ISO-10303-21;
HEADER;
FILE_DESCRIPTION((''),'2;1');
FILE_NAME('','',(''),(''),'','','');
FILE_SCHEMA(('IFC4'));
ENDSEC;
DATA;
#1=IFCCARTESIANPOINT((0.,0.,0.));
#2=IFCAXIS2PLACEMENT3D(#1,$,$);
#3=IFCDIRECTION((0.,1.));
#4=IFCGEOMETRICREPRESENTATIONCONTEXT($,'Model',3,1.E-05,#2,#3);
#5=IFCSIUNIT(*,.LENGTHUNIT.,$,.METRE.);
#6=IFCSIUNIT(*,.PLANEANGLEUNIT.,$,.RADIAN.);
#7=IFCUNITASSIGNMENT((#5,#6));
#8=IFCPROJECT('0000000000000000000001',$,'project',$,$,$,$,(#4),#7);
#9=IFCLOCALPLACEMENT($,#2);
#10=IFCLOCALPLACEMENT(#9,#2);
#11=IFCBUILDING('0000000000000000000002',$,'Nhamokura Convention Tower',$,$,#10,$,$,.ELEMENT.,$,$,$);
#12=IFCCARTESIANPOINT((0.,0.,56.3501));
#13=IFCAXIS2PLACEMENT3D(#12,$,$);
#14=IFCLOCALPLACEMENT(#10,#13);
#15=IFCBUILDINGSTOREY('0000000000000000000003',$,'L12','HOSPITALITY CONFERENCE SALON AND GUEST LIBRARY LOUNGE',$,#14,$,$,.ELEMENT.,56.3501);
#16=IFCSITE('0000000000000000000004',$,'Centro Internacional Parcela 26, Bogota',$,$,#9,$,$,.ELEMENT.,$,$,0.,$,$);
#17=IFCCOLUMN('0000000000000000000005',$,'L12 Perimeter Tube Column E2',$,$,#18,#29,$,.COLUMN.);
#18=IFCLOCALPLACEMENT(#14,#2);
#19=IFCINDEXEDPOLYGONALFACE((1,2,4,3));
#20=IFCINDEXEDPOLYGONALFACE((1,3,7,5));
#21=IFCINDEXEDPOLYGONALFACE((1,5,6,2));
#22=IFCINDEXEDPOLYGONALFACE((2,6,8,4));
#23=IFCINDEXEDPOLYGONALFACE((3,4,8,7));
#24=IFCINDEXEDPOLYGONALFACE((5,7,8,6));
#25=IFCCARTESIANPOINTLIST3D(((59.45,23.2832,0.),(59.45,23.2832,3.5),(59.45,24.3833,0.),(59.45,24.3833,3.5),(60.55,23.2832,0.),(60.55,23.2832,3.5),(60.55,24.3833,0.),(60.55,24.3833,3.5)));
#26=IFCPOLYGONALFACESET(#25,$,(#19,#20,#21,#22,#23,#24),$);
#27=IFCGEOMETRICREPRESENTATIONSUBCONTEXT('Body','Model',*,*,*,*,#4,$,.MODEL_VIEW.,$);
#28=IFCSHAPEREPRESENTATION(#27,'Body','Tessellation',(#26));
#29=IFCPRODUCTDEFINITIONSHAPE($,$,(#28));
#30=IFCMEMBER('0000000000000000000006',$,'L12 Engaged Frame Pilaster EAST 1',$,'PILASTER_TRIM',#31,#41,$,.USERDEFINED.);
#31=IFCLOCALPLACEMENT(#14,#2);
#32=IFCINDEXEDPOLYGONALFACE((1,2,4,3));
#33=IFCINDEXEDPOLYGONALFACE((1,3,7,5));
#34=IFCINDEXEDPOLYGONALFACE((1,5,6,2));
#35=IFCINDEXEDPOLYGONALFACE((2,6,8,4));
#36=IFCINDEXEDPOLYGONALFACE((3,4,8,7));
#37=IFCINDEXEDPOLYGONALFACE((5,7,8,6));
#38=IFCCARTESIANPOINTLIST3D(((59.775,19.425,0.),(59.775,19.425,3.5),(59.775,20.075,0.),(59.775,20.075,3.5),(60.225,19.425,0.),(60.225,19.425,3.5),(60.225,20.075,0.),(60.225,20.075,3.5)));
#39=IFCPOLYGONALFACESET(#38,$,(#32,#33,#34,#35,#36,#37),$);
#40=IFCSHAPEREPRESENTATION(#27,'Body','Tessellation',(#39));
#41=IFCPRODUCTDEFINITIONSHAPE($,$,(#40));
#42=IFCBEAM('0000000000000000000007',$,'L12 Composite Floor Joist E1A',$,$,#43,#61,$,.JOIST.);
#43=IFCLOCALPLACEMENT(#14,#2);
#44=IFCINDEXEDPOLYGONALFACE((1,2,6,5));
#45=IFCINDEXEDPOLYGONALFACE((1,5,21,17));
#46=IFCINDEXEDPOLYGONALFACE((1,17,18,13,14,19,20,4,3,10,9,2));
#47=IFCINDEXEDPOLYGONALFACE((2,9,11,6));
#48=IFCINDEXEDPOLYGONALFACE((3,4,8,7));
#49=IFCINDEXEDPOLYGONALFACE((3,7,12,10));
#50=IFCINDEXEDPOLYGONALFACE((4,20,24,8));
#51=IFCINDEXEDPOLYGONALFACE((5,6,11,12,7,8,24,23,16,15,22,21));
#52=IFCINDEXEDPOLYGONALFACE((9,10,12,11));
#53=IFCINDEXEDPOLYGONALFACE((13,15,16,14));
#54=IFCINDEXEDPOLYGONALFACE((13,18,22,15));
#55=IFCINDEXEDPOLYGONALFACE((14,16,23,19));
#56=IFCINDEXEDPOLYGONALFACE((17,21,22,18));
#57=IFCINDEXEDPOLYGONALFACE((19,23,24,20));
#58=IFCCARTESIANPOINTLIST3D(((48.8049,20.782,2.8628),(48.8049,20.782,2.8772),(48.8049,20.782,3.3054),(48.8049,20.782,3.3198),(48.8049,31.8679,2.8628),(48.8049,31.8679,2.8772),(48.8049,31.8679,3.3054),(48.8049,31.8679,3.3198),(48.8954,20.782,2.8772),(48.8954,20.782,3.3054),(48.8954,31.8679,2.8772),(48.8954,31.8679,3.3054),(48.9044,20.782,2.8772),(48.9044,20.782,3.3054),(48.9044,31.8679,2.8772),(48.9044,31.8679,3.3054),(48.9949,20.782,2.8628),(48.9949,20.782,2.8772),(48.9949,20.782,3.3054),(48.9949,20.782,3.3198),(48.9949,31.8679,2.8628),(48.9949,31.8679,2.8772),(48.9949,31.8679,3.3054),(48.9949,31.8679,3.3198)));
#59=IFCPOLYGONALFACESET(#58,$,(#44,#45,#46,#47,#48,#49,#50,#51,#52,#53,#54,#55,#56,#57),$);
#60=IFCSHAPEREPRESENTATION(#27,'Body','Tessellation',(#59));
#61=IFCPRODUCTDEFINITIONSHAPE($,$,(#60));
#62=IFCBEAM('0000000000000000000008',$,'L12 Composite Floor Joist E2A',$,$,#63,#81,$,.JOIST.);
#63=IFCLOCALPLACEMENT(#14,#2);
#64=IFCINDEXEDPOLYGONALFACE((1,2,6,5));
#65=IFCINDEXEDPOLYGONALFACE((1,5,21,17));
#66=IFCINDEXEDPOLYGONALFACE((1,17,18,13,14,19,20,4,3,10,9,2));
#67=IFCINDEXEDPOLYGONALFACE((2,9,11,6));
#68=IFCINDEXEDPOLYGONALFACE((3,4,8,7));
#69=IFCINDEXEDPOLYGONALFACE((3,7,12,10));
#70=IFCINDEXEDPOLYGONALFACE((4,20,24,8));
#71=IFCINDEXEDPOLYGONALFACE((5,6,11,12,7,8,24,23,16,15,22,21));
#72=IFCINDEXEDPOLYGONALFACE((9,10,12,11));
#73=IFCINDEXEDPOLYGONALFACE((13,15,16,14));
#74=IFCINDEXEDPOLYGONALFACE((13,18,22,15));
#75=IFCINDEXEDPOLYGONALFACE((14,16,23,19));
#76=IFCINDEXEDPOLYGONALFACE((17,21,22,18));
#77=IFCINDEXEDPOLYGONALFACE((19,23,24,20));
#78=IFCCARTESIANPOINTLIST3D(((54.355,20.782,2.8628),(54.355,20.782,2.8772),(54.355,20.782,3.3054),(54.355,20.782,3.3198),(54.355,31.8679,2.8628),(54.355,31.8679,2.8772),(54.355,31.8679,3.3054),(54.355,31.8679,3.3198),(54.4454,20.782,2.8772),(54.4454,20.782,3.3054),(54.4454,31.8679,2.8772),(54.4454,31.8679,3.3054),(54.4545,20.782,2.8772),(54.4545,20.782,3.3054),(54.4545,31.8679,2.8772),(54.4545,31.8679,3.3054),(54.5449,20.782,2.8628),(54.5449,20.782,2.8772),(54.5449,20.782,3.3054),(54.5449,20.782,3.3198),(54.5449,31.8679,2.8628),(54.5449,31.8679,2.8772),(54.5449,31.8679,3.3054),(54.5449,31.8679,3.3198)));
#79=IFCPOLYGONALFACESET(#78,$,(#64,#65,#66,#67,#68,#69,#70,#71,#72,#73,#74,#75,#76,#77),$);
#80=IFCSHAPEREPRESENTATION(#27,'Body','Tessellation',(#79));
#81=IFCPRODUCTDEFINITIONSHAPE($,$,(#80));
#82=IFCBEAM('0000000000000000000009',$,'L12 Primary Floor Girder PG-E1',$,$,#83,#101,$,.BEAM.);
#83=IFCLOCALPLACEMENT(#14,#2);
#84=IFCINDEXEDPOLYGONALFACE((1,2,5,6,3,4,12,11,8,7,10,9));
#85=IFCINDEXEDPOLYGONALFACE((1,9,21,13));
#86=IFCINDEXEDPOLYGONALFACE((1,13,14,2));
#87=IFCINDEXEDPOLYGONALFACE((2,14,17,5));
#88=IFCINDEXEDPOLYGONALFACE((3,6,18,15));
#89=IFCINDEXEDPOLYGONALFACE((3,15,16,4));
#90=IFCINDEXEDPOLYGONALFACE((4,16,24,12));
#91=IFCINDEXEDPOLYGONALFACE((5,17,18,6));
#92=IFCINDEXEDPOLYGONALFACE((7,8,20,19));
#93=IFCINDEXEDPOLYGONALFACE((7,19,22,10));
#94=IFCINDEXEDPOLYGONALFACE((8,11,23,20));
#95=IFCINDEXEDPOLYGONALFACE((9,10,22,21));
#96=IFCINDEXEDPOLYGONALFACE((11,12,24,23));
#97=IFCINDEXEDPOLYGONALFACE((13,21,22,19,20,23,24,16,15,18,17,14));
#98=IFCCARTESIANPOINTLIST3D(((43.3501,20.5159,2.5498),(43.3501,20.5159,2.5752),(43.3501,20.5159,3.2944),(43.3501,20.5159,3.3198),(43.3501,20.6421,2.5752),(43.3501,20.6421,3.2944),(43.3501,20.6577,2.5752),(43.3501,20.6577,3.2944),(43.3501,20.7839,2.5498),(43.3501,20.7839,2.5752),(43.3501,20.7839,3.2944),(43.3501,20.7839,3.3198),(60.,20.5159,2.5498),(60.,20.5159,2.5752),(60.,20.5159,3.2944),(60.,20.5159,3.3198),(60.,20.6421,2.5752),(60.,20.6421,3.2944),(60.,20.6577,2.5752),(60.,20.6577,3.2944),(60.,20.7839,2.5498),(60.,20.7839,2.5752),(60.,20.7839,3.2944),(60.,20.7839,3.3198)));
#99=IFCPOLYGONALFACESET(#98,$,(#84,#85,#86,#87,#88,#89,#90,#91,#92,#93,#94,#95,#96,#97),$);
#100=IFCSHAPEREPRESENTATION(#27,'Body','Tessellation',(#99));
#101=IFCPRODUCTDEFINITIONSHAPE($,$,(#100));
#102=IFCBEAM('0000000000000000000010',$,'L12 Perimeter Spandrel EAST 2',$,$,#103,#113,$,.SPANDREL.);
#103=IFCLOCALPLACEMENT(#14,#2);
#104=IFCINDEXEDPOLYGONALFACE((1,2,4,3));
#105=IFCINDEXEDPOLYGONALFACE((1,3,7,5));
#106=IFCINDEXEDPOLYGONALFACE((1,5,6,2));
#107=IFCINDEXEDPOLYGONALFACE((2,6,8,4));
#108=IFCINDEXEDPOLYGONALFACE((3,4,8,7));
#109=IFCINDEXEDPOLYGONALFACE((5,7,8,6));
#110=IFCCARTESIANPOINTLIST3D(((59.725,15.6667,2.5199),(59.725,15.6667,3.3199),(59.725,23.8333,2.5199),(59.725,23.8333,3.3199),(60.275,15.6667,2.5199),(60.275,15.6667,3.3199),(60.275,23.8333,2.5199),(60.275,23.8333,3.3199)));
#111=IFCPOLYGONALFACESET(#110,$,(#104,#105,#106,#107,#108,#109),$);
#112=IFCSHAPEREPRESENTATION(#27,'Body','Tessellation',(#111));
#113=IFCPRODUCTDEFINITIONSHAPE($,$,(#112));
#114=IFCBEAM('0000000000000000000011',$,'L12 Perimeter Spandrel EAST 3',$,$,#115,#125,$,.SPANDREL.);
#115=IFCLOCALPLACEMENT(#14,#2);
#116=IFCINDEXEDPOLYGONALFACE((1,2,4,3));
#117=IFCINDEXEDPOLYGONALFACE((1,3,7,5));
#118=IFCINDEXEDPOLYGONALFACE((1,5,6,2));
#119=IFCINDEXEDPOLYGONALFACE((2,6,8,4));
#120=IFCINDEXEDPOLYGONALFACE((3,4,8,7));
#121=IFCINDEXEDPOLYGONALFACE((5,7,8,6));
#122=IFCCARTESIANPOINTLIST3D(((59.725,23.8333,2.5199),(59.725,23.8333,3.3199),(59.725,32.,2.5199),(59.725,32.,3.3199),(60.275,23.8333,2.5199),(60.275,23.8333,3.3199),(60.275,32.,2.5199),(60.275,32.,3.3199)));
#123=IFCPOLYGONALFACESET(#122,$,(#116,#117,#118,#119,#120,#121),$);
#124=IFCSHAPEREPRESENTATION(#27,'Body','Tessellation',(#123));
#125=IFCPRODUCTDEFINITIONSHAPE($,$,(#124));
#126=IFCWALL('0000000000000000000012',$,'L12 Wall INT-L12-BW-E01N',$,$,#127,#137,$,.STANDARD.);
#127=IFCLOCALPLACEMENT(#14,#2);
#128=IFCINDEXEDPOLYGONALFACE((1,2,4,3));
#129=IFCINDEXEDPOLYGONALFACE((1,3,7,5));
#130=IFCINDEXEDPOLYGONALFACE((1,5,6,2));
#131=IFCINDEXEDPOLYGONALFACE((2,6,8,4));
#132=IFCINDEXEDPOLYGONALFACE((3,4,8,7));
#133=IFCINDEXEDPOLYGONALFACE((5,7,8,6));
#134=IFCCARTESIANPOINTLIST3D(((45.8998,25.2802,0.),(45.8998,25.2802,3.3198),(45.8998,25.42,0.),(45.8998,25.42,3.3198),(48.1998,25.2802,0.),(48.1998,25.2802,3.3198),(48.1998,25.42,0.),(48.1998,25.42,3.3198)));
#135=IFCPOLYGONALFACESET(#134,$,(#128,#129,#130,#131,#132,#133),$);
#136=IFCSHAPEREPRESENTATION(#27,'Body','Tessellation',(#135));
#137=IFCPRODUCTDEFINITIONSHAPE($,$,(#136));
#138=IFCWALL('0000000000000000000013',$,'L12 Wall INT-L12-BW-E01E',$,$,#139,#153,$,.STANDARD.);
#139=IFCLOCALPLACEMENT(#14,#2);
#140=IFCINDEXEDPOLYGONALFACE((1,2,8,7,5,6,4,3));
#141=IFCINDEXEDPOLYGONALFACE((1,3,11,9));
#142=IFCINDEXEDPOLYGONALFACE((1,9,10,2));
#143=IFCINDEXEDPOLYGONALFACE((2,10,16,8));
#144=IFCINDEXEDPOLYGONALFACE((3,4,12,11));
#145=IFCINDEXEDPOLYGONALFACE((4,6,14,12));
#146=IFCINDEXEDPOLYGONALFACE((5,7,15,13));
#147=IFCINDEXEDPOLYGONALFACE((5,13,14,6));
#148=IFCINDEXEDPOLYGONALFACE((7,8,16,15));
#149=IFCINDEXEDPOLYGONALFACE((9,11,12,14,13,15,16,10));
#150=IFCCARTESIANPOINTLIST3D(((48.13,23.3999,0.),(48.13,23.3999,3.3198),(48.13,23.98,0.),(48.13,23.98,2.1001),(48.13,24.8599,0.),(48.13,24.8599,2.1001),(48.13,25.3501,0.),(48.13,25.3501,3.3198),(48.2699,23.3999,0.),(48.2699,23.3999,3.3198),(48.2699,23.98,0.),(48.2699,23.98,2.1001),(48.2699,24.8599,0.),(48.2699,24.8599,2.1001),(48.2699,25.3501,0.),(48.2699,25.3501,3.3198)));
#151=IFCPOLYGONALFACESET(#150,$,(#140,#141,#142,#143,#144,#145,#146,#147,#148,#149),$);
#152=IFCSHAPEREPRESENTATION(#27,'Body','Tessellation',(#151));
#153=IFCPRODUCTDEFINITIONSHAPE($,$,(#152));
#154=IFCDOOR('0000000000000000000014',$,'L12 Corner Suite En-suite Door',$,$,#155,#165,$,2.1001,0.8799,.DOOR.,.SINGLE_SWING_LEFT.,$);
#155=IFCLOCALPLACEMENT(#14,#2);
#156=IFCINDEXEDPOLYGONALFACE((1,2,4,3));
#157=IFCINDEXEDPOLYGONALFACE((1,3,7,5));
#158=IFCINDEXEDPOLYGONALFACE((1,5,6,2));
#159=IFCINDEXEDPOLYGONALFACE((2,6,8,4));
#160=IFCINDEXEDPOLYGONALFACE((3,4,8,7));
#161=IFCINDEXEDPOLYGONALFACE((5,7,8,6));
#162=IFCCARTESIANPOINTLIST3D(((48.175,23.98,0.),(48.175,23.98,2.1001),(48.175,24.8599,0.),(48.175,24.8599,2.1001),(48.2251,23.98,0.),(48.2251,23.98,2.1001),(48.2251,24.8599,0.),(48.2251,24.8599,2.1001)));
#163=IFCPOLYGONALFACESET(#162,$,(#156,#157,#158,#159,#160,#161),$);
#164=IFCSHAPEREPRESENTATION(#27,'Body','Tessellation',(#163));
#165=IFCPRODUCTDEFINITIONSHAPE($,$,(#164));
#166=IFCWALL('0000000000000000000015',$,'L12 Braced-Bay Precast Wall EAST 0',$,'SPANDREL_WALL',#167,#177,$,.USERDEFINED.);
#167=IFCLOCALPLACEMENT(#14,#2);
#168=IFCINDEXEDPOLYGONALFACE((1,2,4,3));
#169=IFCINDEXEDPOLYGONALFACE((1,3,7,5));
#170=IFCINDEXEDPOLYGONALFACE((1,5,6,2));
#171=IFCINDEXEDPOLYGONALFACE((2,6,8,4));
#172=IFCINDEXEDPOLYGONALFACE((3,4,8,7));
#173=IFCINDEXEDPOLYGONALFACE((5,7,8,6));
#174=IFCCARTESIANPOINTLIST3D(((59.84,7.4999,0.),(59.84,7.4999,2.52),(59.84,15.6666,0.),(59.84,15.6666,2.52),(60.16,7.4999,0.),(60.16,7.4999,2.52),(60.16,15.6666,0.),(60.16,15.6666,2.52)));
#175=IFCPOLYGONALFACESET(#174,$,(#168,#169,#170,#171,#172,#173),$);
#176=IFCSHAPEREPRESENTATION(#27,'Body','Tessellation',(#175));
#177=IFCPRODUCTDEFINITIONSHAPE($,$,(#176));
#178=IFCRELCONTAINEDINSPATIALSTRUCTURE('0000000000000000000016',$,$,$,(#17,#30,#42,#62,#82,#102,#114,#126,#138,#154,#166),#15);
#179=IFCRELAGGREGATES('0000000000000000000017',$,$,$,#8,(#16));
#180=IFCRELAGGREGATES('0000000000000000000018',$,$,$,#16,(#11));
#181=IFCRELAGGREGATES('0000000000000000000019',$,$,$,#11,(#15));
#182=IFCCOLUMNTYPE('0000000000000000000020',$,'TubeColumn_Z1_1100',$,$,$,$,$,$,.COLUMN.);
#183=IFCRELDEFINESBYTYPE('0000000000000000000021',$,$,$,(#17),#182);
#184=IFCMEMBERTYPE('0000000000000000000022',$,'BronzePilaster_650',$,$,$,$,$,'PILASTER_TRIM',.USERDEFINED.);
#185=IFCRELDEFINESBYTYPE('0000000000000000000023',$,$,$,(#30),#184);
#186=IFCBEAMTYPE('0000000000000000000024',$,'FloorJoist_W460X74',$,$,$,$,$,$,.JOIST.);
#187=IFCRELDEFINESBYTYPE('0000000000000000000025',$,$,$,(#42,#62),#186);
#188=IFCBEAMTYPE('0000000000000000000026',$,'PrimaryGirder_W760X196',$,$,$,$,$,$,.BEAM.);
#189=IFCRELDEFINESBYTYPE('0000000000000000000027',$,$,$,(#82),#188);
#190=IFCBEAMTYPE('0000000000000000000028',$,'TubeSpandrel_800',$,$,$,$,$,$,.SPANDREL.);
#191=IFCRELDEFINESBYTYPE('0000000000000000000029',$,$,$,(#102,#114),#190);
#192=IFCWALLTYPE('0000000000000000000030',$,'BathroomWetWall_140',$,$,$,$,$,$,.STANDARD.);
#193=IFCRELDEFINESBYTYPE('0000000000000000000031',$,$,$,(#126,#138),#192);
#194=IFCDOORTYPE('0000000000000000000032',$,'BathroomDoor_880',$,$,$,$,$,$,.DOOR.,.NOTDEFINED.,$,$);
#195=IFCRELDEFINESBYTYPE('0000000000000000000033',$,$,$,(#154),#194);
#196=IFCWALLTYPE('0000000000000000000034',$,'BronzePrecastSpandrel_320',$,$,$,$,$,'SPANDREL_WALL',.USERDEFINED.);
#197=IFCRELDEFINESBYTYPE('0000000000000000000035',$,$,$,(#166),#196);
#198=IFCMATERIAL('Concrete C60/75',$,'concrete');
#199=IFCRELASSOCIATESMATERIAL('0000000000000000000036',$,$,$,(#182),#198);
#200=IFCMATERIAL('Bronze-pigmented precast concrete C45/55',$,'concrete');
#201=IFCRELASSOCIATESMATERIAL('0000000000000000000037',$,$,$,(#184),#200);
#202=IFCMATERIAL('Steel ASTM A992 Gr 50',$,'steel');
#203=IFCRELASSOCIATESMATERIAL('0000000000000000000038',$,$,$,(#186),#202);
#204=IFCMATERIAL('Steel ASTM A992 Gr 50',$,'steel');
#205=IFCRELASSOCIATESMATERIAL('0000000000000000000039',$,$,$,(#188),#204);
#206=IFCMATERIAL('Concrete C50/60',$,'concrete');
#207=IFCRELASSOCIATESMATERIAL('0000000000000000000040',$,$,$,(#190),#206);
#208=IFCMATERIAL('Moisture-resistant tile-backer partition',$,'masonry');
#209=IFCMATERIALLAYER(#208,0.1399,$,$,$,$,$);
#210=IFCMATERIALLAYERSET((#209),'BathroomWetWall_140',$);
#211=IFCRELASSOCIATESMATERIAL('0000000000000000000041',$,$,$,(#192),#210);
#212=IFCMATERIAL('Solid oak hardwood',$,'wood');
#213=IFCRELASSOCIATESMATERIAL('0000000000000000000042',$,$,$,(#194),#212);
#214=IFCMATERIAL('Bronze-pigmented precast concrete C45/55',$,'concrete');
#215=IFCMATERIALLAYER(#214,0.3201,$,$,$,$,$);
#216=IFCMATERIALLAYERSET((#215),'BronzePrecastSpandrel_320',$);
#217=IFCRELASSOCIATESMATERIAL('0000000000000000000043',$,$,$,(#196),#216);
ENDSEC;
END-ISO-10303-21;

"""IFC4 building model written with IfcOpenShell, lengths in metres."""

from ifc_helpers import new_model, si_unit, direction, frame, frame_2d, origin, origin_2d, place, context, subcontext, project, spatial, rectangle, i_section, extrude, material, layer, layer_set, material_profile, profile_set, type_object, element, fill, save


model = new_model("IFC4")

# Units and contexts
model_context = context("Model", 3, precision=1e-05, world=origin(), true_north=direction((0.0, 1.0)))
body_context = subcontext(model_context, "Body", "Model", "MODEL_VIEW")
ifc_project = project(units=[si_unit("LENGTHUNIT", "METRE"), si_unit("PLANEANGLEUNIT", "RADIAN")], contexts=[model_context])

# Site, building, storey
site_placement = place(None, origin())
site = spatial("IfcSite", under=ifc_project, at=site_placement, Name="Centro Internacional Parcela 26, Bogota", CompositionType="ELEMENT", RefElevation=0.0)
building_placement = place(site_placement, origin())
building = spatial("IfcBuilding", under=site, at=building_placement, Name="Nhamokura Convention Tower", CompositionType="ELEMENT")
storey_placement = place(building_placement, frame((0.0, 0.0, 56.3501)))
storey = spatial("IfcBuildingStorey", under=building, at=storey_placement, Name="L12", Description="HOSPITALITY CONFERENCE SALON AND GUEST LIBRARY LOUNGE", CompositionType="ELEMENT", Elevation=56.3501)

# Column
ifc_material_1 = material(Name="Concrete C60/75", Category="concrete")
ifc_material_profile_1 = material_profile(ifc_material_1, rectangle(XDim=1.1001, YDim=1.1001, at=origin_2d()))
ifc_profile_set_1 = profile_set([ifc_material_profile_1], Name="Concrete C60/75")
column_type = type_object("IfcColumnType", Name="TubeColumn_Z1_1100", PredefinedType="COLUMN", material=ifc_profile_set_1)
column_placement = place(storey_placement, frame((60.0, 23.8333, 0.0), z_axis=(0.0, 0.0, 1.0), x_axis=(1.0, 0.0, 0.0)))
element("IfcColumn", 1, at=column_placement, inside=storey, type_object=column_type, Name="L12 Perimeter Tube Column E2", PredefinedType="COLUMN", context=body_context, shape_type="SweptSolid", body=[
    extrude(rectangle(XDim=1.1001, YDim=1.1001, at=origin_2d()), origin(), (0.0, 0.0, 1.0), 3.5),
])

# Member
ifc_material_2 = material(Name="Bronze-pigmented precast concrete C45/55", Category="concrete")
ifc_material_profile_2 = material_profile(ifc_material_2, rectangle(XDim=0.45, YDim=0.6499, at=origin_2d()))
ifc_profile_set_2 = profile_set([ifc_material_profile_2], Name="Bronze-pigmented precast concrete C45/55")
member_type = type_object("IfcMemberType", Name="BronzePilaster_650", ElementType="PILASTER_TRIM", PredefinedType="USERDEFINED", material=ifc_profile_set_2)
member_placement = place(storey_placement, frame((60.0, 19.75, 0.0), z_axis=(0.0, 0.0, 1.0), x_axis=(1.0, 0.0, 0.0)))
element("IfcMember", 2, at=member_placement, inside=storey, type_object=member_type, Name="L12 Engaged Frame Pilaster EAST 1", ObjectType="PILASTER_TRIM", PredefinedType="USERDEFINED", context=body_context, shape_type="SweptSolid", body=[
    extrude(rectangle(XDim=0.45, YDim=0.6499, at=origin_2d()), origin(), (0.0, 0.0, 1.0), 3.5),
])

# Beams
ifc_material_3 = material(Name="Steel ASTM A992 Gr 50", Category="steel")
ifc_material_profile_3 = material_profile(ifc_material_3, i_section(OverallWidth=0.1899, OverallDepth=0.457, WebThickness=0.009, FlangeThickness=0.0144, at=origin_2d()))
ifc_profile_set_3 = profile_set([ifc_material_profile_3], Name="Steel ASTM A992 Gr 50")
beam_type_1 = type_object("IfcBeamType", Name="FloorJoist_W460X74", PredefinedType="JOIST", material=ifc_profile_set_3)
for number, where, z_axis, x_axis, name in (
    (3, (48.8999, 20.782, 3.0913), (0.0, 1.0, 0.0), (-1.0, 0.0, 0.0), "L12 Composite Floor Joist E1A"),
    (4, (54.45, 20.782, 3.0913), (0.0, 1.0, 0.0), (-1.0, 0.0, 0.0), "L12 Composite Floor Joist E2A"),
):
    element("IfcBeam", number, at=place(storey_placement, frame(where, z_axis=z_axis, x_axis=x_axis)), inside=storey, type_object=beam_type_1, Name=name, PredefinedType="JOIST", context=body_context, shape_type="SweptSolid", body=[
        extrude(i_section(OverallWidth=0.1899, OverallDepth=0.457, WebThickness=0.009, FlangeThickness=0.0144, at=origin_2d()), origin(), (0.0, 0.0, 1.0), 11.0859),
    ])
ifc_material_4 = material(Name="Steel ASTM A992 Gr 50", Category="steel")
ifc_material_profile_4 = material_profile(ifc_material_4, i_section(OverallWidth=0.2681, OverallDepth=0.77, WebThickness=0.0156, FlangeThickness=0.0254, at=origin_2d()))
ifc_profile_set_4 = profile_set([ifc_material_profile_4], Name="Steel ASTM A992 Gr 50")
beam_type_2 = type_object("IfcBeamType", Name="PrimaryGirder_W760X196", PredefinedType="BEAM", material=ifc_profile_set_4)
beam_1_placement = place(storey_placement, frame((43.3501, 20.6499, 2.9348), z_axis=(1.0, 0.0, 0.0), x_axis=(0.0, 1.0, 0.0)))
element("IfcBeam", 5, at=beam_1_placement, inside=storey, type_object=beam_type_2, Name="L12 Primary Floor Girder PG-E1", PredefinedType="BEAM", context=body_context, shape_type="SweptSolid", body=[
    extrude(i_section(OverallWidth=0.2681, OverallDepth=0.77, WebThickness=0.0156, FlangeThickness=0.0254, at=origin_2d()), origin(), (0.0, 0.0, 1.0), 16.6499),
])
ifc_material_5 = material(Name="Concrete C50/60", Category="concrete")
ifc_material_profile_5 = material_profile(ifc_material_5, rectangle(XDim=0.55, YDim=0.8, at=origin_2d()))
ifc_profile_set_5 = profile_set([ifc_material_profile_5], Name="Concrete C50/60")
beam_type_3 = type_object("IfcBeamType", Name="TubeSpandrel_800", PredefinedType="SPANDREL", material=ifc_profile_set_5)
beam_2_placement = place(storey_placement, frame((60.0, 15.6667, 2.9199), z_axis=(0.0, 1.0, 0.0), x_axis=(-1.0, 0.0, 0.0)))
element("IfcBeam", 6, at=beam_2_placement, inside=storey, type_object=beam_type_3, Name="L12 Perimeter Spandrel EAST 2", PredefinedType="SPANDREL", context=body_context, shape_type="SweptSolid", body=[
    extrude(rectangle(XDim=0.55, YDim=0.8, at=origin_2d()), origin(), (0.0, 0.0, 1.0), 8.1665),
])
beam_3_placement = place(storey_placement, frame((60.0, 23.8333, 2.9199), z_axis=(0.0, 1.0, 0.0), x_axis=(-1.0, 0.0, 0.0)))
element("IfcBeam", 7, at=beam_3_placement, inside=storey, type_object=beam_type_3, Name="L12 Perimeter Spandrel EAST 3", PredefinedType="SPANDREL", context=body_context, shape_type="SweptSolid", body=[
    extrude(rectangle(XDim=0.55, YDim=0.8, at=origin_2d()), origin(), (0.0, 0.0, 1.0), 8.1667),
])

# Wall
ifc_material_6 = material(Name="Moisture-resistant tile-backer partition", Category="masonry")
ifc_layer_1 = layer(ifc_material_6, 0.1399)
ifc_layer_set_1 = layer_set([ifc_layer_1], Name="BathroomWetWall_140")
wall_type_1 = type_object("IfcWallType", Name="BathroomWetWall_140", PredefinedType="STANDARD", material=ifc_layer_set_1)
wall_1_placement = place(storey_placement, frame((45.8999, 25.3501, 0.0), z_axis=(0.0, 0.0, 1.0), x_axis=(1.0, 0.0, 0.0)))
element("IfcWall", 8, at=wall_1_placement, inside=storey, type_object=wall_type_1, Name="L12 Wall INT-L12-BW-E01N", PredefinedType="STANDARD", context=body_context, shape_type="SweptSolid", body=[
    extrude(rectangle(XDim=2.3, YDim=0.1399, at=frame_2d((1.1499, 0.0))), origin(), (0.0, 0.0, 1.0), 3.3198),
])

# Wall, opening, door
wall_2_placement = place(storey_placement, frame((48.2, 23.3999, 0.0), z_axis=(0.0, 0.0, 1.0), x_axis=(0.0, 1.0, 0.0)))
wall_2 = element("IfcWall", 9, at=wall_2_placement, inside=storey, type_object=wall_type_1, Name="L12 Wall INT-L12-BW-E01E", PredefinedType="STANDARD", context=body_context, shape_type="SweptSolid", body=[
    extrude(rectangle(XDim=1.9502, YDim=0.1399, at=frame_2d((0.9751, 0.0))), origin(), (0.0, 0.0, 1.0), 3.3198),
])
opening_1_placement = place(wall_2_placement, frame((0.5801, 0.0, 0.0)))
opening_1 = element("IfcOpeningElement", 10, at=opening_1_placement, cuts=wall_2, PredefinedType="OPENING", context=body_context, shape_type="SweptSolid", body=[
    extrude(rectangle(XDim=0.8799, YDim=2.1001, at=frame_2d((0.4399, 1.05))), frame((0.0, 0.0798, 0.0), z_axis=(0.0, -1.0, 0.0), x_axis=(1.0, 0.0, 0.0)), (0.0, 0.0, 1.0), 0.1599),
])
ifc_material_7 = material(Name="Solid oak hardwood", Category="wood")
door_type_1 = type_object("IfcDoorType", Name="BathroomDoor_880", OperationType="NOTDEFINED", PredefinedType="DOOR", material=ifc_material_7)
door_1_placement = place(opening_1_placement, origin())
door_1 = element("IfcDoor", 11, at=door_1_placement, inside=storey, type_object=door_type_1, Name="L12 Corner Suite En-suite Door", OperationType="SINGLE_SWING_LEFT", OverallHeight=2.1001, OverallWidth=0.8799, PredefinedType="DOOR", context=body_context, shape_type="SweptSolid", body=[
    extrude(rectangle(XDim=0.8799, YDim=2.1001, at=frame_2d((0.4399, 1.05))), frame((0.0, 0.0249, 0.0), z_axis=(0.0, -1.0, 0.0), x_axis=(1.0, 0.0, 0.0)), (0.0, 0.0, 1.0), 0.05),
])
fill(opening_1, door_1)

# Wall
ifc_material_8 = material(Name="Bronze-pigmented precast concrete C45/55", Category="concrete")
ifc_layer_2 = layer(ifc_material_8, 0.3201)
ifc_layer_set_2 = layer_set([ifc_layer_2], Name="BronzePrecastSpandrel_320")
wall_type_2 = type_object("IfcWallType", Name="BronzePrecastSpandrel_320", ElementType="SPANDREL_WALL", PredefinedType="USERDEFINED", material=ifc_layer_set_2)
wall_3_placement = place(storey_placement, frame((60.0, 15.6667, 0.0), z_axis=(0.0, 0.0, 1.0), x_axis=(0.0, -1.0, 0.0)))
element("IfcWall", 12, at=wall_3_placement, inside=storey, type_object=wall_type_2, Name="L12 Braced-Bay Precast Wall EAST 0", ObjectType="SPANDREL_WALL", PredefinedType="USERDEFINED", context=body_context, shape_type="SweptSolid", body=[
    extrude(rectangle(XDim=8.1667, YDim=0.3201, at=frame_2d((4.0835, 0.0))), origin(), (0.0, 0.0, 1.0), 2.52),
])

save(model, "model.ifc")
